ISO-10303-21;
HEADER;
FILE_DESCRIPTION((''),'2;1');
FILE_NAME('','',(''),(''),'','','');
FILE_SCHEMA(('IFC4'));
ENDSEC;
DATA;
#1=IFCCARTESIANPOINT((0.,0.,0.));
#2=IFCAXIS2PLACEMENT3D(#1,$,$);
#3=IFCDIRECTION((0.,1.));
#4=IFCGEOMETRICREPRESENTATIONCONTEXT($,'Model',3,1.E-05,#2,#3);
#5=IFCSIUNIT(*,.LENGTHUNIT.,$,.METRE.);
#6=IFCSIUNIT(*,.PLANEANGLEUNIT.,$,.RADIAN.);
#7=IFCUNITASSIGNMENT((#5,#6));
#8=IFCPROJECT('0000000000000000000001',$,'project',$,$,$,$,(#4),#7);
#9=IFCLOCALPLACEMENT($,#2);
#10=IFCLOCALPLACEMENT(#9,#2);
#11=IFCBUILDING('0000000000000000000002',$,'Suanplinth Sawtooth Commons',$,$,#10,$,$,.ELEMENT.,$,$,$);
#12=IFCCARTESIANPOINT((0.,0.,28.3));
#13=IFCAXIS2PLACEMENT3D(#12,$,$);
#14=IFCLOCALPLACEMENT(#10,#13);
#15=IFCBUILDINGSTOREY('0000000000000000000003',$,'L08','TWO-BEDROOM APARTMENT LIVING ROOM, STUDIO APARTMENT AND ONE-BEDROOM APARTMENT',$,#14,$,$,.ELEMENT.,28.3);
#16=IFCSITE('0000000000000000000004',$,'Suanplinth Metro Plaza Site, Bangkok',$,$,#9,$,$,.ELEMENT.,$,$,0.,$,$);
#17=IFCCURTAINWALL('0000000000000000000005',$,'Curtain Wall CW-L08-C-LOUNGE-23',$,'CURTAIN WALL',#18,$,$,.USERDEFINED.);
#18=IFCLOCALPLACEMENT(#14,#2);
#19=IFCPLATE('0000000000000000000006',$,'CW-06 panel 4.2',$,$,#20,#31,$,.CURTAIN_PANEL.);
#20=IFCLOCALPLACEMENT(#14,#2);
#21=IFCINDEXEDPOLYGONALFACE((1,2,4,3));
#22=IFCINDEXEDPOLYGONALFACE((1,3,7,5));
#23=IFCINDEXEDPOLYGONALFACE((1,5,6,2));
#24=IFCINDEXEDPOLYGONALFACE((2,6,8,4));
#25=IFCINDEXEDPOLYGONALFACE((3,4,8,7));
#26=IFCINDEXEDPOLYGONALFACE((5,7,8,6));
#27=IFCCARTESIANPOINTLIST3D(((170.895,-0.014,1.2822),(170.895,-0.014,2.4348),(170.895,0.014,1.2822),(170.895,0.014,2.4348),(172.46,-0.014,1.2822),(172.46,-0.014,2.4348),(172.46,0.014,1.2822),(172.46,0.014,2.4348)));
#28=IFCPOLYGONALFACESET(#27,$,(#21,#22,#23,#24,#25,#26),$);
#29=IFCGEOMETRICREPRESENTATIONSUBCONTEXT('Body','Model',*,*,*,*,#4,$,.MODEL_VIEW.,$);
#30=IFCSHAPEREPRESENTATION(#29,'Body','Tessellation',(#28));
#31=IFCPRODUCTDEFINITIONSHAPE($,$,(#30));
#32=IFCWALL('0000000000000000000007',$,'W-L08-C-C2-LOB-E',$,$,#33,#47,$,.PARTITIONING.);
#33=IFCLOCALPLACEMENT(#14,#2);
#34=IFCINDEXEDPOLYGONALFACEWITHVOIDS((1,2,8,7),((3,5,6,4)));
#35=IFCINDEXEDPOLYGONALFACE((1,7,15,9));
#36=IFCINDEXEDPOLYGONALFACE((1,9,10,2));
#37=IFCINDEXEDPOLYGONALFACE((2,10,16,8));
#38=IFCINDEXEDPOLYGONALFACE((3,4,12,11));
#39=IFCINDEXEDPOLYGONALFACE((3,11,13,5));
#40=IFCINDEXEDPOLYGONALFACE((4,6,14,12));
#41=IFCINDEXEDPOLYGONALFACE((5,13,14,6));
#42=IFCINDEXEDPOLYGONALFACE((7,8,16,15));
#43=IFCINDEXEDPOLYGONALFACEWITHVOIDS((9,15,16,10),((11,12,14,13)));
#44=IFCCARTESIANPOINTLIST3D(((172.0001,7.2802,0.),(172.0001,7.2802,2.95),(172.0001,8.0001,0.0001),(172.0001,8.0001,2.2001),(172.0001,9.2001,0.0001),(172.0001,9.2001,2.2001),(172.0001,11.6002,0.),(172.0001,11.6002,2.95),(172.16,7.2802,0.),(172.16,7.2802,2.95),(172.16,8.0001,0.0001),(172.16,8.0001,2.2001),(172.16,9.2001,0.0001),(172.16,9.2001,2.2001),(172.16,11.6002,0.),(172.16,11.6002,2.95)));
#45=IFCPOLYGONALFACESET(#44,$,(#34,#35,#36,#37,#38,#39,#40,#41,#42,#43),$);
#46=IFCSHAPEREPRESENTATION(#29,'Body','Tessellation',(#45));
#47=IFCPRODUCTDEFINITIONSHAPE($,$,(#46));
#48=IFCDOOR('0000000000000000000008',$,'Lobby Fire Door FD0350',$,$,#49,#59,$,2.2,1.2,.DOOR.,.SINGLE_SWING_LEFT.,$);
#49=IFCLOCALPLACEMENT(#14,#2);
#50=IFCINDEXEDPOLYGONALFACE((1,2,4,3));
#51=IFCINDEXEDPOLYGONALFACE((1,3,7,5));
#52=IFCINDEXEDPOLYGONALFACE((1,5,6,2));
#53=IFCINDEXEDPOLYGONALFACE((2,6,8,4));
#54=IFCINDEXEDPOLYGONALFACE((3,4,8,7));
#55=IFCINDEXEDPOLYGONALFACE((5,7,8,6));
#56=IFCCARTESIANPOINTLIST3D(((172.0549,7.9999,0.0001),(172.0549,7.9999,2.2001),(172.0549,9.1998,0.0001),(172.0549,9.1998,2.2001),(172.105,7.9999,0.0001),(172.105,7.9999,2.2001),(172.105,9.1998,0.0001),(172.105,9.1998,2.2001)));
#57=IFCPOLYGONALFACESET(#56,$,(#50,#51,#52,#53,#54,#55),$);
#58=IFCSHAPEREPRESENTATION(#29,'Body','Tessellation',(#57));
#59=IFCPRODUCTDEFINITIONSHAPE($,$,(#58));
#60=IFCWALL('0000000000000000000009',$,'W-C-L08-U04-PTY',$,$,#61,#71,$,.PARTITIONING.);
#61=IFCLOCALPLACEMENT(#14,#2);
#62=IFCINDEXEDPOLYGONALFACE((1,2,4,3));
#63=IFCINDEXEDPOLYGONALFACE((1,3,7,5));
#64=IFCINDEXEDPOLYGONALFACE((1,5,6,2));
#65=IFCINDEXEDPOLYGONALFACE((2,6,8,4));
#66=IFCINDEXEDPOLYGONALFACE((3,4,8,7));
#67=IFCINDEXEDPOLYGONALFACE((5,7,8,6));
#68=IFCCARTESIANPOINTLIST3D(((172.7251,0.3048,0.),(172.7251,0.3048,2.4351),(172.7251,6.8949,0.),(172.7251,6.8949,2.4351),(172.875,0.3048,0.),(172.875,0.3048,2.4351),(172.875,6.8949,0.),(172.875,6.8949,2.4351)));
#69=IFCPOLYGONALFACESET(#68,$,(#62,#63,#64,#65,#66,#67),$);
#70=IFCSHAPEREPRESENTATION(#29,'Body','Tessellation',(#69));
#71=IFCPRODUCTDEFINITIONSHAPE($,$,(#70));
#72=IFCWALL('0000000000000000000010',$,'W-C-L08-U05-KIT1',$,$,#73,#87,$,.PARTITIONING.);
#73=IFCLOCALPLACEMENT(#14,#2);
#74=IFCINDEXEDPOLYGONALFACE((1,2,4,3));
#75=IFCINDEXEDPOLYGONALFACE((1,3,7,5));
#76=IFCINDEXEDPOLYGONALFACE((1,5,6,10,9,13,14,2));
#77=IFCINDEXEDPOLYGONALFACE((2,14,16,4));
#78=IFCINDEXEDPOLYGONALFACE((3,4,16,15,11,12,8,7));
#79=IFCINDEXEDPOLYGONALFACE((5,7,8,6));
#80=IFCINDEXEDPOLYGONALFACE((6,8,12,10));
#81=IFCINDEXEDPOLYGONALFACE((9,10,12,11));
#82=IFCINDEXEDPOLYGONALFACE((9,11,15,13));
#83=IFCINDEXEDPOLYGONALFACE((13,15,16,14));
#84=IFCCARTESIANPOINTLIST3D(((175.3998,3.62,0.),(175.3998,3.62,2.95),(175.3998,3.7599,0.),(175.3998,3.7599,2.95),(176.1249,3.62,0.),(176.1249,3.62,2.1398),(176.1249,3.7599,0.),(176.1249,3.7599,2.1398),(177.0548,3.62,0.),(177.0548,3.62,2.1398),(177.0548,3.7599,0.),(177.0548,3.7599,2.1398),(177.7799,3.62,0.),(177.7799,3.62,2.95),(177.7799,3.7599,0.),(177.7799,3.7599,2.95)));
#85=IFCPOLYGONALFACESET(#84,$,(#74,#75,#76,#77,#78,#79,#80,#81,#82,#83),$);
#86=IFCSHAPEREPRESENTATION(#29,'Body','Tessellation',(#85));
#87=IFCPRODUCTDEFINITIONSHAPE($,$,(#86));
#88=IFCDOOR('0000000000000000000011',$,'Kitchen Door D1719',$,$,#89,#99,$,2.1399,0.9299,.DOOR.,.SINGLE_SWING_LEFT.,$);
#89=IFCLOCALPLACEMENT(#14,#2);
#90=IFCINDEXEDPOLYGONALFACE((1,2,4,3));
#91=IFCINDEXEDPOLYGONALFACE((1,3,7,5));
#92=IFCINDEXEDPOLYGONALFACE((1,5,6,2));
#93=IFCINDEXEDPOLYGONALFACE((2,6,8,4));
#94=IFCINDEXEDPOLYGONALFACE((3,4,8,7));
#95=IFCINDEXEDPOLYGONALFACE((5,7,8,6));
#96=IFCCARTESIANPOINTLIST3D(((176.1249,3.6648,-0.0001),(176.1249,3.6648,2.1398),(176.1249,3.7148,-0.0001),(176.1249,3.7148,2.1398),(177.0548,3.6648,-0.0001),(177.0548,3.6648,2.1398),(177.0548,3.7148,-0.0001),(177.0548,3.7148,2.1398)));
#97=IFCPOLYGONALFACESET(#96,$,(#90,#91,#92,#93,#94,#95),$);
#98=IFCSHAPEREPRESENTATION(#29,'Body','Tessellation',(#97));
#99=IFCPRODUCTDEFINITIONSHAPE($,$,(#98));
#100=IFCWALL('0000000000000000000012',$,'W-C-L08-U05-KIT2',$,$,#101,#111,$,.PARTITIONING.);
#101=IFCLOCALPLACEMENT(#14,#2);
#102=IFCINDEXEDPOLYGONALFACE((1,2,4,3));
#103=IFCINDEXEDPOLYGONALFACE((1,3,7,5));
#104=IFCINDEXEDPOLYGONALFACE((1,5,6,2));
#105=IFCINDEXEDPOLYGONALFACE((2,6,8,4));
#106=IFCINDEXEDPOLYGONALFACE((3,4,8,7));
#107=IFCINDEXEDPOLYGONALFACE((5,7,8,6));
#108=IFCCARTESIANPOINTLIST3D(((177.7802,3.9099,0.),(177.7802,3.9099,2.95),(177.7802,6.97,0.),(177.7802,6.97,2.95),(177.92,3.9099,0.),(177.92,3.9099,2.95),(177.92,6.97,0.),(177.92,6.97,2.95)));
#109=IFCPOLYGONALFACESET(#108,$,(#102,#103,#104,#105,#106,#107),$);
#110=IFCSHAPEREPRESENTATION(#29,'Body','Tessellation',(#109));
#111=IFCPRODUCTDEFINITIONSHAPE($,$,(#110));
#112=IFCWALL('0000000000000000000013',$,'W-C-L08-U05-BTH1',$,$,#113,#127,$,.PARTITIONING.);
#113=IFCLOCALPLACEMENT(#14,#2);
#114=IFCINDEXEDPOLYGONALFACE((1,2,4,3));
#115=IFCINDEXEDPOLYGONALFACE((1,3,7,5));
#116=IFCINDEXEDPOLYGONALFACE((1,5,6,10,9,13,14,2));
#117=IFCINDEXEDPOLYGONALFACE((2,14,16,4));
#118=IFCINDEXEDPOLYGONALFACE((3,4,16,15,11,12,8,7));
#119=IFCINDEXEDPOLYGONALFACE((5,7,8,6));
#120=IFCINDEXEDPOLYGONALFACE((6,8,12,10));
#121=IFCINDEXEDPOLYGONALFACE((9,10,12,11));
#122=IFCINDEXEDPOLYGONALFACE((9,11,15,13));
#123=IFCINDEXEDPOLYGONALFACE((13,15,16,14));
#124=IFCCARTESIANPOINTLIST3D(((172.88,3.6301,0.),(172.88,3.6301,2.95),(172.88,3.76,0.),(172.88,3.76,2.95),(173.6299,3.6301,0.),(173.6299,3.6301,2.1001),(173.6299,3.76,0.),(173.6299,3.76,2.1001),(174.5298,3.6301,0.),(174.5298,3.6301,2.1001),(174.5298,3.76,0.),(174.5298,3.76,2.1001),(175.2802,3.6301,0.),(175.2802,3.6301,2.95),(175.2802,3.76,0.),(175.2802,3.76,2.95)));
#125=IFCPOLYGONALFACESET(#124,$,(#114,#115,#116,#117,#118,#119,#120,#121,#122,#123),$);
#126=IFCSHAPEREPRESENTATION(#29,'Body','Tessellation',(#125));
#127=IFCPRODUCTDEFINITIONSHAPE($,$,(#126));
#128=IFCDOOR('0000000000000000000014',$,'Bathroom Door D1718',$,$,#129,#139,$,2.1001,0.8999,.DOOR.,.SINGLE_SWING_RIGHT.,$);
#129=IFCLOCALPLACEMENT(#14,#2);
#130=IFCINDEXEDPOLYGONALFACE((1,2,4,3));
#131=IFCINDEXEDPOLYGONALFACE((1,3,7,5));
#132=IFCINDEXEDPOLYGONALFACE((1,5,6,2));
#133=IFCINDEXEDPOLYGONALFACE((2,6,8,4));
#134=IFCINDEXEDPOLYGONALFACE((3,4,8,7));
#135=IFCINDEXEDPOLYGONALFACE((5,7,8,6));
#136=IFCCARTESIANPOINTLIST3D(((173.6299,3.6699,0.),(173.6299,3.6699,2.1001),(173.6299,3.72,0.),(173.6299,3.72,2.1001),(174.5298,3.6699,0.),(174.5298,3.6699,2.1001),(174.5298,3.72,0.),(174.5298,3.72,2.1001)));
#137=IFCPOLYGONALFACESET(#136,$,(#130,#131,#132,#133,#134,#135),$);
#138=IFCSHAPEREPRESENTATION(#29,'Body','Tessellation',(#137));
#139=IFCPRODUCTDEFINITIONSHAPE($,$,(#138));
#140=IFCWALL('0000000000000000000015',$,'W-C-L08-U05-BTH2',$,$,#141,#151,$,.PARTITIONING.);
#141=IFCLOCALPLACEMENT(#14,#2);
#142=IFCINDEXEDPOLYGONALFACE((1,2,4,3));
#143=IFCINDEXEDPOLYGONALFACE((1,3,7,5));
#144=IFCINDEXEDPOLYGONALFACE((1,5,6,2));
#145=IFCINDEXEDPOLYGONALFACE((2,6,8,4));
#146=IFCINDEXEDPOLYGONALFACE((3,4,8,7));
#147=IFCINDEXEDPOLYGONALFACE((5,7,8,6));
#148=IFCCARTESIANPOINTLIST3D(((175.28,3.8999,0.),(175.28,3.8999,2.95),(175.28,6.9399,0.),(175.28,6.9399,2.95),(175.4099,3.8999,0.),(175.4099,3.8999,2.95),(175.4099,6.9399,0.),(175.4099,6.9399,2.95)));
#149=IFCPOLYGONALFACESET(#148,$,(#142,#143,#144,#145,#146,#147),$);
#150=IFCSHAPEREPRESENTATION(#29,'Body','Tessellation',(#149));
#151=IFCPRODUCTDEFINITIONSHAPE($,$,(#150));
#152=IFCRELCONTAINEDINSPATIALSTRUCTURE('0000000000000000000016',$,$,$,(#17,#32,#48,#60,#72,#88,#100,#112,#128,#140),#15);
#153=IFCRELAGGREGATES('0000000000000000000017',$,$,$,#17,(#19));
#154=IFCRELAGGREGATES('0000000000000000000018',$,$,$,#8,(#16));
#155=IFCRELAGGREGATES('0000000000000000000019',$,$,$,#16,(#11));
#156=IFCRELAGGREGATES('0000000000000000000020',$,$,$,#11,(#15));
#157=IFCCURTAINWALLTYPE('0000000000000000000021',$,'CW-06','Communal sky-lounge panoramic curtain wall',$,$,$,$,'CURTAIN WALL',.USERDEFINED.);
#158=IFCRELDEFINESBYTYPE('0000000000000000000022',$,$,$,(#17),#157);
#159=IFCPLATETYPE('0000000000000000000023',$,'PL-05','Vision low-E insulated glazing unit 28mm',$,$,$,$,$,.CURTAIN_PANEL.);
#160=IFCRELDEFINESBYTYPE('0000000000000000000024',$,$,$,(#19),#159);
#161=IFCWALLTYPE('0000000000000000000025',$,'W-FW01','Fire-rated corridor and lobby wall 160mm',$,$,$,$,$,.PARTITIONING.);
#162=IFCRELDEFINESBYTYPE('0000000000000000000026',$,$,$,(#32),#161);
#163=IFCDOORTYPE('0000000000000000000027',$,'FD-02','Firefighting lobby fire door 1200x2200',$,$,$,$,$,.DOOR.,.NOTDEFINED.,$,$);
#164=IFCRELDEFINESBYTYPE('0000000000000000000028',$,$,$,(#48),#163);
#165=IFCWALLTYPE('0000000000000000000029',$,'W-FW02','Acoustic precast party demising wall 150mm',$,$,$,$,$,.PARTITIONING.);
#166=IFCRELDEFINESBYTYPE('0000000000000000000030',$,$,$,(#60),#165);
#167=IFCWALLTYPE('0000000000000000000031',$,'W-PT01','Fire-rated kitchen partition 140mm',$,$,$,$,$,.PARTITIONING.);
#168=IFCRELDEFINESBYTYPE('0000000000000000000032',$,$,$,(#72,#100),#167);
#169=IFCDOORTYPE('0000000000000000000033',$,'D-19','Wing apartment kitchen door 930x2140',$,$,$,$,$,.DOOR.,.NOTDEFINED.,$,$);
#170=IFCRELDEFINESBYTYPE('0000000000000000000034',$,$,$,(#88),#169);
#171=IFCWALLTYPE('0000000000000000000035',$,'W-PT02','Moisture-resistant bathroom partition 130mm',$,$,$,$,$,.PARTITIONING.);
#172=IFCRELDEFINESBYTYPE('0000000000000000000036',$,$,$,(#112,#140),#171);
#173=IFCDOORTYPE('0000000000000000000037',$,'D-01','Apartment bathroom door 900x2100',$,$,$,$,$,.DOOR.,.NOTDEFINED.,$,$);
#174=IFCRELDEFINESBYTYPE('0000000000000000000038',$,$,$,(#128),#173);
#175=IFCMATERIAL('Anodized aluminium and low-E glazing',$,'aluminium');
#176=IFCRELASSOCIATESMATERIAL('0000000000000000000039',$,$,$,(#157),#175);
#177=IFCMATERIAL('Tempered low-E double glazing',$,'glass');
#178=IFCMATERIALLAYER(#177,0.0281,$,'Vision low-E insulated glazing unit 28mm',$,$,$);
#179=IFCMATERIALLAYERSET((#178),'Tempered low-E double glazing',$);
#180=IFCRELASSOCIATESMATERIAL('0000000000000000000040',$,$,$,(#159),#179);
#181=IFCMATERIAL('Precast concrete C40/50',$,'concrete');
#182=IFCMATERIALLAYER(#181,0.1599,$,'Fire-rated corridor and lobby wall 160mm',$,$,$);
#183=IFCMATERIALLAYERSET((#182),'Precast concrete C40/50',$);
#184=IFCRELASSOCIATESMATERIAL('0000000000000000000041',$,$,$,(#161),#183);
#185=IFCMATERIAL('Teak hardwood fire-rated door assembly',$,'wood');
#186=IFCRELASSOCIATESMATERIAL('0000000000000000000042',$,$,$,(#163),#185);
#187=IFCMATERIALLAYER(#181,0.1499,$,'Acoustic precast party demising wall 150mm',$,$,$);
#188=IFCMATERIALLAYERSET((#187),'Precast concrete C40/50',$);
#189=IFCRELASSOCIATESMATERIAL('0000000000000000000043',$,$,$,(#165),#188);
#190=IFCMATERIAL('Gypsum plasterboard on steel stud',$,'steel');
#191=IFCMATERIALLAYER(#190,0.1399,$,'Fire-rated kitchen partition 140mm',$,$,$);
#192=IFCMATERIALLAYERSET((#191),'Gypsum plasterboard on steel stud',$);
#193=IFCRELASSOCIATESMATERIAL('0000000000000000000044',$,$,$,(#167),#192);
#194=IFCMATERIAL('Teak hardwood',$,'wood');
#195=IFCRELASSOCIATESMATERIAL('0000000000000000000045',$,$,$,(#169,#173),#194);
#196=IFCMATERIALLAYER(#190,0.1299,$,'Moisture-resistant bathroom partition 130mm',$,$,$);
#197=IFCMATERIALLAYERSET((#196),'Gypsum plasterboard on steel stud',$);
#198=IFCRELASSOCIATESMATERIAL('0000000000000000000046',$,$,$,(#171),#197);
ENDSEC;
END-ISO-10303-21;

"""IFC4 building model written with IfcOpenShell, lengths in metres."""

from ifc_helpers import new_model, si_unit, direction, frame, frame_2d, origin, origin_2d, place, context, subcontext, project, spatial, rectangle, extrude, material, layer, layer_set, type_object, element, fill, aggregate, save


model = new_model("IFC4")

# Units and contexts
model_context = context("Model", 3, precision=1e-05, world=origin(), true_north=direction((0.0, 1.0)))
body_context = subcontext(model_context, "Body", "Model", "MODEL_VIEW")
ifc_project = project(units=[si_unit("LENGTHUNIT", "METRE"), si_unit("PLANEANGLEUNIT", "RADIAN")], contexts=[model_context])

# Site, building, storey
site_placement = place(None, origin())
site = spatial("IfcSite", under=ifc_project, at=site_placement, Name="Suanplinth Metro Plaza Site, Bangkok", CompositionType="ELEMENT", RefElevation=0.0)
building_placement = place(site_placement, origin())
building = spatial("IfcBuilding", under=site, at=building_placement, Name="Suanplinth Sawtooth Commons", CompositionType="ELEMENT")
storey_placement = place(building_placement, frame((0.0, 0.0, 28.3)))
storey = spatial("IfcBuildingStorey", under=building, at=storey_placement, Name="L08", Description="TWO-BEDROOM APARTMENT LIVING ROOM, STUDIO APARTMENT AND ONE-BEDROOM APARTMENT", CompositionType="ELEMENT", Elevation=28.3)

# Shared definitions
ifc_material_1 = material(Name="Precast concrete C40/50", Category="concrete")

# Curtain wall, plate
ifc_material_2 = material(Name="Anodized aluminium and low-E glazing", Category="aluminium")
curtain_wall_type = type_object("IfcCurtainWallType", Name="CW-06", Description="Communal sky-lounge panoramic curtain wall", ElementType="CURTAIN WALL", PredefinedType="USERDEFINED", material=ifc_material_2)
curtain_wall_placement = place(storey_placement, origin())
curtain_wall = element("IfcCurtainWall", 1, at=curtain_wall_placement, inside=storey, type_object=curtain_wall_type, Name="Curtain Wall CW-L08-C-LOUNGE-23", ObjectType="CURTAIN WALL", PredefinedType="USERDEFINED")
ifc_material_3 = material(Name="Tempered low-E double glazing", Category="glass")
ifc_layer_1 = layer(ifc_material_3, 0.0281, Name="Vision low-E insulated glazing unit 28mm")
ifc_layer_set_1 = layer_set([ifc_layer_1], Name="Tempered low-E double glazing")
plate_type = type_object("IfcPlateType", Name="PL-05", Description="Vision low-E insulated glazing unit 28mm", PredefinedType="CURTAIN_PANEL", material=ifc_layer_set_1)
plate_1_placement = place(storey_placement, frame((171.6775, 0.0, 1.2822), z_axis=(0.0, 0.0, 1.0), x_axis=(1.0, 0.0, 0.0)))
plate_1 = element("IfcPlate", 2, at=plate_1_placement, type_object=plate_type, Name="CW-06 panel 4.2", PredefinedType="CURTAIN_PANEL", context=body_context, shape_type="SweptSolid", body=[
    extrude(rectangle(XDim=1.5649, YDim=0.0281, at=origin_2d()), origin(), (0.0, 0.0, 1.0), 1.1526),
])
aggregate(curtain_wall, [plate_1])

# Wall, opening, door
ifc_layer_2 = layer(ifc_material_1, 0.1599, Name="Fire-rated corridor and lobby wall 160mm")
ifc_layer_set_2 = layer_set([ifc_layer_2], Name="Precast concrete C40/50")
wall_type_1 = type_object("IfcWallType", Name="W-FW01", Description="Fire-rated corridor and lobby wall 160mm", PredefinedType="PARTITIONING", material=ifc_layer_set_2)
wall_1_placement = place(storey_placement, frame((172.0801, 7.28, 0.0), z_axis=(0.0, 0.0, 1.0), x_axis=(0.0, 1.0, 0.0)))
wall_1 = element("IfcWall", 3, at=wall_1_placement, inside=storey, type_object=wall_type_1, Name="W-L08-C-C2-LOB-E", PredefinedType="PARTITIONING", context=body_context, shape_type="SweptSolid", body=[
    extrude(rectangle(XDim=4.3201, YDim=0.1599, at=frame_2d((2.1602, 0.0))), origin(), (0.0, 0.0, 1.0), 2.95),
])
opening_1_placement = place(wall_1_placement, frame((0.72, 0.0, 0.0)))
opening_1 = element("IfcOpeningElement", 4, at=opening_1_placement, cuts=wall_1, PredefinedType="OPENING", context=body_context, shape_type="SweptSolid", body=[
    extrude(rectangle(XDim=1.2, YDim=2.2, at=frame_2d((0.6001, 1.1001))), frame((0.0, 0.0947, 0.0), z_axis=(0.0, -1.0, 0.0), x_axis=(1.0, 0.0, 0.0)), (0.0, 0.0, 1.0), 0.1897),
])
ifc_material_4 = material(Name="Teak hardwood fire-rated door assembly", Category="wood")
door_type_1 = type_object("IfcDoorType", Name="FD-02", Description="Firefighting lobby fire door 1200x2200", OperationType="NOTDEFINED", PredefinedType="DOOR", material=ifc_material_4)
door_1_placement = place(opening_1_placement, frame((1.2, 0.0, 0.0), z_axis=(0.0, 0.0, 1.0), x_axis=(-1.0, 0.0, 0.0)))
door_1 = element("IfcDoor", 5, at=door_1_placement, inside=storey, type_object=door_type_1, Name="Lobby Fire Door FD0350", OperationType="SINGLE_SWING_LEFT", OverallHeight=2.2, OverallWidth=1.2, PredefinedType="DOOR", context=body_context, shape_type="SweptSolid", body=[
    extrude(rectangle(XDim=1.2, YDim=2.2, at=frame_2d((0.6001, 1.1001))), frame((0.0, 0.0249, 0.0), z_axis=(0.0, -1.0, 0.0), x_axis=(1.0, 0.0, 0.0)), (0.0, 0.0, 1.0), 0.05),
])
fill(opening_1, door_1)

# Wall
ifc_layer_3 = layer(ifc_material_1, 0.1499, Name="Acoustic precast party demising wall 150mm")
ifc_layer_set_3 = layer_set([ifc_layer_3], Name="Precast concrete C40/50")
wall_type_2 = type_object("IfcWallType", Name="W-FW02", Description="Acoustic precast party demising wall 150mm", PredefinedType="PARTITIONING", material=ifc_layer_set_3)
wall_2_placement = place(storey_placement, frame((172.8, 0.3049, 0.0), z_axis=(0.0, 0.0, 1.0), x_axis=(0.0, 1.0, 0.0)))
element("IfcWall", 6, at=wall_2_placement, inside=storey, type_object=wall_type_2, Name="W-C-L08-U04-PTY", PredefinedType="PARTITIONING", context=body_context, shape_type="SweptSolid", body=[
    extrude(rectangle(XDim=6.5901, YDim=0.1499, at=frame_2d((3.2949, 0.0))), origin(), (0.0, 0.0, 1.0), 2.4351),
])

# Wall, opening, door
ifc_material_5 = material(Name="Gypsum plasterboard on steel stud", Category="steel")
ifc_layer_4 = layer(ifc_material_5, 0.1399, Name="Fire-rated kitchen partition 140mm")
ifc_layer_set_4 = layer_set([ifc_layer_4], Name="Gypsum plasterboard on steel stud")
wall_type_3 = type_object("IfcWallType", Name="W-PT01", Description="Fire-rated kitchen partition 140mm", PredefinedType="PARTITIONING", material=ifc_layer_set_4)
wall_3_placement = place(storey_placement, frame((175.3999, 3.6899, 0.0), z_axis=(0.0, 0.0, 1.0), x_axis=(1.0, 0.0, 0.0)))
wall_3 = element("IfcWall", 7, at=wall_3_placement, inside=storey, type_object=wall_type_3, Name="W-C-L08-U05-KIT1", PredefinedType="PARTITIONING", context=body_context, shape_type="SweptSolid", body=[
    extrude(rectangle(XDim=2.3801, YDim=0.1399, at=frame_2d((1.1899, 0.0))), origin(), (0.0, 0.0, 1.0), 2.95),
])
opening_2_placement = place(wall_3_placement, frame((0.7251, 0.0, 0.0)))
opening_2 = element("IfcOpeningElement", 8, at=opening_2_placement, cuts=wall_3, PredefinedType="OPENING", context=body_context, shape_type="SweptSolid", body=[
    extrude(rectangle(XDim=0.9299, YDim=2.1399, at=frame_2d((0.4648, 1.0698))), frame((0.0, 0.085, 0.0), z_axis=(0.0, -1.0, 0.0), x_axis=(1.0, 0.0, 0.0)), (0.0, 0.0, 1.0), 0.1697),
])
ifc_material_6 = material(Name="Teak hardwood", Category="wood")
door_type_2 = type_object("IfcDoorType", Name="D-19", Description="Wing apartment kitchen door 930x2140", OperationType="NOTDEFINED", PredefinedType="DOOR", material=ifc_material_6)
door_2_placement = place(opening_2_placement, origin())
door_2 = element("IfcDoor", 9, at=door_2_placement, inside=storey, type_object=door_type_2, Name="Kitchen Door D1719", OperationType="SINGLE_SWING_LEFT", OverallHeight=2.1399, OverallWidth=0.9299, PredefinedType="DOOR", context=body_context, shape_type="SweptSolid", body=[
    extrude(rectangle(XDim=0.9299, YDim=2.1399, at=frame_2d((0.4648, 1.0698))), frame((0.0, 0.0249, 0.0), z_axis=(0.0, -1.0, 0.0), x_axis=(1.0, 0.0, 0.0)), (0.0, 0.0, 1.0), 0.05),
])
fill(opening_2, door_2)

# Wall
wall_4_placement = place(storey_placement, frame((177.8501, 3.9099, 0.0), z_axis=(0.0, 0.0, 1.0), x_axis=(0.0, 1.0, 0.0)))
element("IfcWall", 10, at=wall_4_placement, inside=storey, type_object=wall_type_3, Name="W-C-L08-U05-KIT2", PredefinedType="PARTITIONING", context=body_context, shape_type="SweptSolid", body=[
    extrude(rectangle(XDim=3.0601, YDim=0.1399, at=frame_2d((1.53, 0.0))), origin(), (0.0, 0.0, 1.0), 2.95),
])

# Wall, opening, door
ifc_layer_5 = layer(ifc_material_5, 0.1299, Name="Moisture-resistant bathroom partition 130mm")
ifc_layer_set_5 = layer_set([ifc_layer_5], Name="Gypsum plasterboard on steel stud")
wall_type_4 = type_object("IfcWallType", Name="W-PT02", Description="Moisture-resistant bathroom partition 130mm", PredefinedType="PARTITIONING", material=ifc_layer_set_5)
wall_5_placement = place(storey_placement, frame((172.8799, 3.6951, 0.0), z_axis=(0.0, 0.0, 1.0), x_axis=(1.0, 0.0, 0.0)))
wall_5 = element("IfcWall", 11, at=wall_5_placement, inside=storey, type_object=wall_type_4, Name="W-C-L08-U05-BTH1", PredefinedType="PARTITIONING", context=body_context, shape_type="SweptSolid", body=[
    extrude(rectangle(XDim=2.4001, YDim=0.1299, at=frame_2d((1.2002, 0.0))), origin(), (0.0, 0.0, 1.0), 2.95),
])
opening_3_placement = place(wall_5_placement, frame((0.75, 0.0, 0.0)))
opening_3 = element("IfcOpeningElement", 12, at=opening_3_placement, cuts=wall_5, PredefinedType="OPENING", context=body_context, shape_type="SweptSolid", body=[
    extrude(rectangle(XDim=0.8999, YDim=2.1001, at=frame_2d((0.45, 1.05))), frame((0.0, 0.0798, 0.0), z_axis=(0.0, -1.0, 0.0), x_axis=(1.0, 0.0, 0.0)), (0.0, 0.0, 1.0), 0.1597),
])
door_type_3 = type_object("IfcDoorType", Name="D-01", Description="Apartment bathroom door 900x2100", OperationType="NOTDEFINED", PredefinedType="DOOR", material=ifc_material_6)
door_3_placement = place(opening_3_placement, origin())
door_3 = element("IfcDoor", 13, at=door_3_placement, inside=storey, type_object=door_type_3, Name="Bathroom Door D1718", OperationType="SINGLE_SWING_RIGHT", OverallHeight=2.1001, OverallWidth=0.8999, PredefinedType="DOOR", context=body_context, shape_type="SweptSolid", body=[
    extrude(rectangle(XDim=0.8999, YDim=2.1001, at=frame_2d((0.45, 1.05))), frame((0.0, 0.0249, 0.0), z_axis=(0.0, -1.0, 0.0), x_axis=(1.0, 0.0, 0.0)), (0.0, 0.0, 1.0), 0.05),
])
fill(opening_3, door_3)

# Wall
wall_6_placement = place(storey_placement, frame((175.345, 3.8999, 0.0), z_axis=(0.0, 0.0, 1.0), x_axis=(0.0, 1.0, 0.0)))
element("IfcWall", 14, at=wall_6_placement, inside=storey, type_object=wall_type_4, Name="W-C-L08-U05-BTH2", PredefinedType="PARTITIONING", context=body_context, shape_type="SweptSolid", body=[
    extrude(rectangle(XDim=3.04, YDim=0.1299, at=frame_2d((1.52, 0.0))), origin(), (0.0, 0.0, 1.0), 2.95),
])

save(model, "model.ifc")
